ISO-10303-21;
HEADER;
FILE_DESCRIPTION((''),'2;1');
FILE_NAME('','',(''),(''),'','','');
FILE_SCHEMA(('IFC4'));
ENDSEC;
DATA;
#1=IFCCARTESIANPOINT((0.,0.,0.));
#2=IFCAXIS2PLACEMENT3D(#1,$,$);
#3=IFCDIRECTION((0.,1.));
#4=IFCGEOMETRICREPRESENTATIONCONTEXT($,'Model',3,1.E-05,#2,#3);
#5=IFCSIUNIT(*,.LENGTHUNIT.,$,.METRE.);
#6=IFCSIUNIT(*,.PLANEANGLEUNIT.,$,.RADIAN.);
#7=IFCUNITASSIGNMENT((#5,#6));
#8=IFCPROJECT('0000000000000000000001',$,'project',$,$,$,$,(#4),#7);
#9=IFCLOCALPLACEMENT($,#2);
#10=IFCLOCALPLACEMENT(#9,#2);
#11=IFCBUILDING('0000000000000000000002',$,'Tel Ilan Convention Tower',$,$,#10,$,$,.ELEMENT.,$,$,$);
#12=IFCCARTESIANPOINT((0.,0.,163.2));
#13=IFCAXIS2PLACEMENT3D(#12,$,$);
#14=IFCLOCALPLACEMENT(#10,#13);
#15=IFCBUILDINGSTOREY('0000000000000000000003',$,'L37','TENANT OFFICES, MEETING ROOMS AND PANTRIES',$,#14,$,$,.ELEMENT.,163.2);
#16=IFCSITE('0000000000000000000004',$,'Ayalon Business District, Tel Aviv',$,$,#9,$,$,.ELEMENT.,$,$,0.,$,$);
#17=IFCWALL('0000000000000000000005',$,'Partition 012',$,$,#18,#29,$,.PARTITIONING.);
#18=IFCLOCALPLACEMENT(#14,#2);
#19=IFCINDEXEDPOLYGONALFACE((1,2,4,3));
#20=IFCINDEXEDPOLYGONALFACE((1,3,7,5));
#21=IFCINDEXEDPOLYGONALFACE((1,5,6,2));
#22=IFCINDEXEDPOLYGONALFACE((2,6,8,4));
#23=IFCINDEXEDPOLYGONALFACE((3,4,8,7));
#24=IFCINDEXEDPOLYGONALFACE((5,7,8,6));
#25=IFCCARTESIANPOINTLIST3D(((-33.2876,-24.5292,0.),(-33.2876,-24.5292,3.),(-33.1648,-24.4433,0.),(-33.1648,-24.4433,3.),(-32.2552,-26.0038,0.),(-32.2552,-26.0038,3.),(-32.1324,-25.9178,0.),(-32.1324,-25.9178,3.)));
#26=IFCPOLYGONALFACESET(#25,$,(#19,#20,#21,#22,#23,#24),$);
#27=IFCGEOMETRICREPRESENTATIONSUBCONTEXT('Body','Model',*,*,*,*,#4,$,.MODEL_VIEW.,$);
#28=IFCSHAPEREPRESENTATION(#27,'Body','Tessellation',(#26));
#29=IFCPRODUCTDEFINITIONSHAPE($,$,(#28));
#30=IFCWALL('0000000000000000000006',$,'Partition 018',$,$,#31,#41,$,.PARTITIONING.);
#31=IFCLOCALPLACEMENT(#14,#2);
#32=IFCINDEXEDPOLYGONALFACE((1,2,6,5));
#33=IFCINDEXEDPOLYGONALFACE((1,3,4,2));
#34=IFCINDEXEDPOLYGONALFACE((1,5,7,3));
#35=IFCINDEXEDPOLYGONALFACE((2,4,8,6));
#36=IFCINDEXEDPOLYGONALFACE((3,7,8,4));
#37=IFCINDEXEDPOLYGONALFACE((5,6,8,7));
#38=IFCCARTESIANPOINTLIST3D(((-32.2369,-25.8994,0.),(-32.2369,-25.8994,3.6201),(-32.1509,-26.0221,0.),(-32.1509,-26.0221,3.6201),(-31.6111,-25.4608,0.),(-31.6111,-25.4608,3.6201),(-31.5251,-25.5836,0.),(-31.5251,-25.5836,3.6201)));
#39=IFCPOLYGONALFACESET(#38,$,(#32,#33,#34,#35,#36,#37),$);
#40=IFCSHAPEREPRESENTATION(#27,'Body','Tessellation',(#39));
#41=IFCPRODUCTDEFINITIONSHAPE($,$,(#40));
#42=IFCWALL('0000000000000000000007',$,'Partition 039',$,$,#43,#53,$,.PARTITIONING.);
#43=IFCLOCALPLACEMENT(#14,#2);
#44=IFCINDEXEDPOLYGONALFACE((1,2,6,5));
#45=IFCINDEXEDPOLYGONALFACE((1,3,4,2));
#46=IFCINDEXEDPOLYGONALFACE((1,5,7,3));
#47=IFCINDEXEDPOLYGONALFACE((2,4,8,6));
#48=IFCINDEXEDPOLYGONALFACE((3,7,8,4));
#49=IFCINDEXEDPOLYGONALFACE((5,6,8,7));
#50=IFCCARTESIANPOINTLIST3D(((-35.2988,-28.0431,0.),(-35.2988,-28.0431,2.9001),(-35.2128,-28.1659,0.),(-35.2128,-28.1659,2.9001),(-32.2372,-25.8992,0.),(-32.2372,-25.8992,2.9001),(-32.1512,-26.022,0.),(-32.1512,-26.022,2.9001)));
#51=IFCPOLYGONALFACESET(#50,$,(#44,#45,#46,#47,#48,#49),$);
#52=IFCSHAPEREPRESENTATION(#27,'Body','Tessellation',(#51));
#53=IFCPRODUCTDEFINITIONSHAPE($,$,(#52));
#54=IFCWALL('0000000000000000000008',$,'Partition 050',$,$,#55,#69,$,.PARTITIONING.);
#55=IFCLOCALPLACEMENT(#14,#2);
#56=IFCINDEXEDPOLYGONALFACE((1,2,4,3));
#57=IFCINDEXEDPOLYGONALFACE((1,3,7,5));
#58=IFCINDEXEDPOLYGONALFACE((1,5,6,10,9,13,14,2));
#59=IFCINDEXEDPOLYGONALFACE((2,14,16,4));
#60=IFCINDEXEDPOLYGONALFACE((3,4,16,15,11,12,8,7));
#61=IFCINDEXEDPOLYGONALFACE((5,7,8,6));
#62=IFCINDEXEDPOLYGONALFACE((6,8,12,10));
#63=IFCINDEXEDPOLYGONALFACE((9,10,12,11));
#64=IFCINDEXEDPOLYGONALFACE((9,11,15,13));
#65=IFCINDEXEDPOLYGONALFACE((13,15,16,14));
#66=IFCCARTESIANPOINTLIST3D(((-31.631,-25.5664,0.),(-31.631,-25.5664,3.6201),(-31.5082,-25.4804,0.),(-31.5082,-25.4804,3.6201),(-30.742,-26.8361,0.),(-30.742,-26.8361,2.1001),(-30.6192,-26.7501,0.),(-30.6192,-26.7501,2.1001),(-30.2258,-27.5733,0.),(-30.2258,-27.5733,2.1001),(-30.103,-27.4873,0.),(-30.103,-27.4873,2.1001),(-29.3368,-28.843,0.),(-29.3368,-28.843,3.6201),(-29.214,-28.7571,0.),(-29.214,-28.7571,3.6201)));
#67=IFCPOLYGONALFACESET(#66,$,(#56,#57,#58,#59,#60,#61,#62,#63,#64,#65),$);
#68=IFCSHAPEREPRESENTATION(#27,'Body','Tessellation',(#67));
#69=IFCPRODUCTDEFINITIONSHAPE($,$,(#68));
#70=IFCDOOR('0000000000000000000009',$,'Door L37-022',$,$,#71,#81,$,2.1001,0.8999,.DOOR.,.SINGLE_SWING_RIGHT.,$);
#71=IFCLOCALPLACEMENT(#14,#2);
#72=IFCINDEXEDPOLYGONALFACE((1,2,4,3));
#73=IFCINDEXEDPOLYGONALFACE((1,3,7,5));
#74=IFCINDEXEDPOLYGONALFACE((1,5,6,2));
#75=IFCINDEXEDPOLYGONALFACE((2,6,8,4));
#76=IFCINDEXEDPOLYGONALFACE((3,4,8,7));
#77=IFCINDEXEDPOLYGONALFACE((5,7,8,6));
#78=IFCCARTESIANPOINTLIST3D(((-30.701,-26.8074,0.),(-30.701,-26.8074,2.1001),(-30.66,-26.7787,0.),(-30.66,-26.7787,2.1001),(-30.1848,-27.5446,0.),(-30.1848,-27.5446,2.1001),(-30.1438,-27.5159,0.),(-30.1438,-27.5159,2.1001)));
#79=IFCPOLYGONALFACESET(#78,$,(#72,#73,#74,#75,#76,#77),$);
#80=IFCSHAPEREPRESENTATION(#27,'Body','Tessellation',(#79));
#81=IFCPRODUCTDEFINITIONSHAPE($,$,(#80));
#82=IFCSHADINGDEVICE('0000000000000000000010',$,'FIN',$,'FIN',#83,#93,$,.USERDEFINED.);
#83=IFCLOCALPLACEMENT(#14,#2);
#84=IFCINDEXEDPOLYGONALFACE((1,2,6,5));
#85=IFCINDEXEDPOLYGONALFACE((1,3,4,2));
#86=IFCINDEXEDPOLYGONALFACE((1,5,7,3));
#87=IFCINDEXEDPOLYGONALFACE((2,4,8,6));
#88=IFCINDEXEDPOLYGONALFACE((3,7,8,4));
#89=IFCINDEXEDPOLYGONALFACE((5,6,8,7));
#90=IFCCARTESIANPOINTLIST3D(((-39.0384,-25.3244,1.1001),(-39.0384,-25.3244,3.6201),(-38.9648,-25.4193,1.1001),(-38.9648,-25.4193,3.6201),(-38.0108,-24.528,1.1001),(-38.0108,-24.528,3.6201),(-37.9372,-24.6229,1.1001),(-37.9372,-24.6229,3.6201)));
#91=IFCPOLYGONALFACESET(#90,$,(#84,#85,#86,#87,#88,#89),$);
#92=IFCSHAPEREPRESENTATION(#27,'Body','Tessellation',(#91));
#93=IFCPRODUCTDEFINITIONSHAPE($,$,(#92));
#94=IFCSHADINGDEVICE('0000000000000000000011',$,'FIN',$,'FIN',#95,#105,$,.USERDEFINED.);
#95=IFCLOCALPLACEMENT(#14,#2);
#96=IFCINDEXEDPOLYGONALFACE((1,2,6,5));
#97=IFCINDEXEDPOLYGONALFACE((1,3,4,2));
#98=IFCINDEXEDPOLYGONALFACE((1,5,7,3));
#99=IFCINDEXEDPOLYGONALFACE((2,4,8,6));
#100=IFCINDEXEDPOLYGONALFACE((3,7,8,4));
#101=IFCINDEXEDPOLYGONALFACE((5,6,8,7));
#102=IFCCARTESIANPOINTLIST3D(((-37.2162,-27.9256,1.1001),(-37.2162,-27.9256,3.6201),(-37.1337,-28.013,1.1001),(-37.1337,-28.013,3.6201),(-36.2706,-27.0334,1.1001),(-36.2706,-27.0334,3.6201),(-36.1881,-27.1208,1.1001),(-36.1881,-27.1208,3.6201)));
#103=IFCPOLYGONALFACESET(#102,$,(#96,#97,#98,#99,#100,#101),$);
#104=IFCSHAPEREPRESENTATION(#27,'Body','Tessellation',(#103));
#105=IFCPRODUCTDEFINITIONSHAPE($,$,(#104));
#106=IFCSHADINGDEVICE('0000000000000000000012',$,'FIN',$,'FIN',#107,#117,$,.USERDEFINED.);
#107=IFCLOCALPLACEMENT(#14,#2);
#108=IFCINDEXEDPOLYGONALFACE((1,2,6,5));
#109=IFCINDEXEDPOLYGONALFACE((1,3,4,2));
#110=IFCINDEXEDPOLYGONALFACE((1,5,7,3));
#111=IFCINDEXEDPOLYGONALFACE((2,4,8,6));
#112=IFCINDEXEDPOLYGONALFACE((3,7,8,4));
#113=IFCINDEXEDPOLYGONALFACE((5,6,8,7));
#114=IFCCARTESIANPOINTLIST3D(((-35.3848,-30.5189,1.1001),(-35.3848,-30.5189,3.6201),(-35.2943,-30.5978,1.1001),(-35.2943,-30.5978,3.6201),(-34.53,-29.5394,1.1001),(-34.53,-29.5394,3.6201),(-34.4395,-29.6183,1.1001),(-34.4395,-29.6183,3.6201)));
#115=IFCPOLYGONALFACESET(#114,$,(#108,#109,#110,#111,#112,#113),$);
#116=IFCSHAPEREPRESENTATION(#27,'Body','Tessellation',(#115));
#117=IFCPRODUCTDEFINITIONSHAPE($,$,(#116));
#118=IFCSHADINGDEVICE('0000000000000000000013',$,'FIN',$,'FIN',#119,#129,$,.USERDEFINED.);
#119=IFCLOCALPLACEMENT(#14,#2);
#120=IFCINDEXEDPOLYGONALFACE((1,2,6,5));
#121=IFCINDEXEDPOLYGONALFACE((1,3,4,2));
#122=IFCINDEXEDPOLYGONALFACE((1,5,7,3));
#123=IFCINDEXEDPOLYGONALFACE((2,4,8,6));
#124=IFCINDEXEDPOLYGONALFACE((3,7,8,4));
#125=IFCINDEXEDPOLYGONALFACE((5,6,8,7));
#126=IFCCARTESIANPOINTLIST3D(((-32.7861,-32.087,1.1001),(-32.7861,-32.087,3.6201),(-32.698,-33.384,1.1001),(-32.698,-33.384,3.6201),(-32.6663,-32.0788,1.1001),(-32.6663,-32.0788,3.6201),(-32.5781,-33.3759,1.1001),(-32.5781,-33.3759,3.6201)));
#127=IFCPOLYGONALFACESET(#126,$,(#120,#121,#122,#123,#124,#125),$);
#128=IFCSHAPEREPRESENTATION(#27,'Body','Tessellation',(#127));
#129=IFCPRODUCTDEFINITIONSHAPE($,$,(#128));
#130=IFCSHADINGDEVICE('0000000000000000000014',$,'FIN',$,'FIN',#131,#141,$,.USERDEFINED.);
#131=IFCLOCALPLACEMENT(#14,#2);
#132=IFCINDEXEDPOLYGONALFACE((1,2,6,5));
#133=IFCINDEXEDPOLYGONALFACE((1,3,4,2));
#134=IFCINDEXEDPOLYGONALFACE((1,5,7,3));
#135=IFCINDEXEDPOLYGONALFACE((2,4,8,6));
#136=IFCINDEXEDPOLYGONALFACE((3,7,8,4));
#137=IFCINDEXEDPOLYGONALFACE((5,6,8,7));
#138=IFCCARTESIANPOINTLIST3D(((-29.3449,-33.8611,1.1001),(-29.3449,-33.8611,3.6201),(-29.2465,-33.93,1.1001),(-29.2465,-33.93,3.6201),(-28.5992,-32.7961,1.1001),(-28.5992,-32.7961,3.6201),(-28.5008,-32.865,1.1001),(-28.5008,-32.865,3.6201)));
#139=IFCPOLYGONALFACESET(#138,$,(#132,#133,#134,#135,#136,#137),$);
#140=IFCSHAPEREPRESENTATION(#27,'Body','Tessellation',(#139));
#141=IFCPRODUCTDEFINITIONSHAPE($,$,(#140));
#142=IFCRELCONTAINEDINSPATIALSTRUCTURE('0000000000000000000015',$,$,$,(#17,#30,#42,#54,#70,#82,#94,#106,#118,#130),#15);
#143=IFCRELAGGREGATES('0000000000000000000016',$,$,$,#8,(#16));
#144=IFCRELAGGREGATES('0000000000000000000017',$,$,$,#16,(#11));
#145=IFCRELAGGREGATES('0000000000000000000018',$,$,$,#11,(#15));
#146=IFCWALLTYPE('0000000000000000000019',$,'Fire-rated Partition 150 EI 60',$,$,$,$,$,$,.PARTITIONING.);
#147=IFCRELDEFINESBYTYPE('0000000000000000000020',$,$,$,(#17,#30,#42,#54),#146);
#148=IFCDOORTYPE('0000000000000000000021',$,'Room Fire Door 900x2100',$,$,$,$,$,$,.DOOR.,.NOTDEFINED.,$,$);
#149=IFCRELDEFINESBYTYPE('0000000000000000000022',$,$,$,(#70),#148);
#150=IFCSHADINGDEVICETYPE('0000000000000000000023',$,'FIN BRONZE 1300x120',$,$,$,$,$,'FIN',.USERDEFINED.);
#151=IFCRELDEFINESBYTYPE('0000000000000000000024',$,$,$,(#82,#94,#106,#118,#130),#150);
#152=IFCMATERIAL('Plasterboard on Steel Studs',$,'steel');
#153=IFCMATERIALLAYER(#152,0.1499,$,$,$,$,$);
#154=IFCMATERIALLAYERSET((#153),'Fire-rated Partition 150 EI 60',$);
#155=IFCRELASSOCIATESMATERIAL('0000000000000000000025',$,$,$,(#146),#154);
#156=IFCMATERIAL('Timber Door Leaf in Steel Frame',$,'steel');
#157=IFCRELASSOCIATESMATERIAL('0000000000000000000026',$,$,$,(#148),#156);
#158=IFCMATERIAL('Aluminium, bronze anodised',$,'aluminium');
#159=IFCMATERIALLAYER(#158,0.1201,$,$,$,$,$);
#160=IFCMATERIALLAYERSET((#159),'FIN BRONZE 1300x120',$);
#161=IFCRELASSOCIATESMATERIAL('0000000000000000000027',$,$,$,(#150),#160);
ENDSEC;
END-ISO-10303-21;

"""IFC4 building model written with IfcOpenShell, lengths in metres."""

from ifc_helpers import new_model, si_unit, direction, frame, frame_2d, origin, origin_2d, place, context, subcontext, project, spatial, rectangle, extrude, material, layer, layer_set, type_object, element, fill, save


model = new_model("IFC4")

# Units and contexts
model_context = context("Model", 3, precision=1e-05, world=origin(), true_north=direction((0.0, 1.0)))
body_context = subcontext(model_context, "Body", "Model", "MODEL_VIEW")
ifc_project = project(units=[si_unit("LENGTHUNIT", "METRE"), si_unit("PLANEANGLEUNIT", "RADIAN")], contexts=[model_context])

# Site, building, storey
site_placement = place(None, origin())
site = spatial("IfcSite", under=ifc_project, at=site_placement, Name="Ayalon Business District, Tel Aviv", CompositionType="ELEMENT", RefElevation=0.0)
building_placement = place(site_placement, origin())
building = spatial("IfcBuilding", under=site, at=building_placement, Name="Tel Ilan Convention Tower", CompositionType="ELEMENT")
storey_placement = place(building_placement, frame((0.0, 0.0, 163.2)))
storey = spatial("IfcBuildingStorey", under=building, at=storey_placement, Name="L37", Description="TENANT OFFICES, MEETING ROOMS AND PANTRIES", CompositionType="ELEMENT", Elevation=163.2)

# Walls
ifc_material_1 = material(Name="Plasterboard on Steel Studs", Category="steel")
ifc_layer_1 = layer(ifc_material_1, 0.1499)
ifc_layer_set_1 = layer_set([ifc_layer_1], Name="Fire-rated Partition 150 EI 60")
wall_type = type_object("IfcWallType", Name="Fire-rated Partition 150 EI 60", PredefinedType="PARTITIONING", material=ifc_layer_set_1)
wall_1_placement = place(storey_placement, frame((-32.1938, -25.9607, 0.0), z_axis=(0.0, 0.0, 1.0), x_axis=(-0.573553, 0.819168, 0.0)))
element("IfcWall", 1, at=wall_1_placement, inside=storey, type_object=wall_type, Name="Partition 012", PredefinedType="PARTITIONING", context=body_context, shape_type="SweptSolid", body=[
    extrude(rectangle(XDim=1.8, YDim=0.1499, at=frame_2d((0.8999, 0.0))), origin(), (0.0, 0.0, 1.0), 3.0),
])
wall_2_placement = place(storey_placement, frame((-31.5681, -25.5222, 0.0), z_axis=(0.0, 0.0, 1.0), x_axis=(-0.818947, -0.57387, 0.0)))
element("IfcWall", 2, at=wall_2_placement, inside=storey, type_object=wall_type, Name="Partition 018", PredefinedType="PARTITIONING", context=body_context, shape_type="SweptSolid", body=[
    extrude(rectangle(XDim=0.7642, YDim=0.1499, at=frame_2d((0.3821, 0.0))), origin(), (0.0, 0.0, 1.0), 3.6201),
])
wall_3_placement = place(storey_placement, frame((-32.1943, -25.9607, 0.0), z_axis=(0.0, 0.0, 1.0), x_axis=(-0.81914, -0.573594, 0.0)))
element("IfcWall", 3, at=wall_3_placement, inside=storey, type_object=wall_type, Name="Partition 039", PredefinedType="PARTITIONING", context=body_context, shape_type="SweptSolid", body=[
    extrude(rectangle(XDim=3.7375, YDim=0.1499, at=frame_2d((1.8687, 0.0))), origin(), (0.0, 0.0, 1.0), 2.9001),
])

# Wall, opening, door
wall_4_placement = place(storey_placement, frame((-29.2754, -28.8, 0.0), z_axis=(0.0, 0.0, 1.0), x_axis=(-0.573557, 0.819166, 0.0)))
wall_4 = element("IfcWall", 4, at=wall_4_placement, inside=storey, type_object=wall_type, Name="Partition 050", PredefinedType="PARTITIONING", context=body_context, shape_type="SweptSolid", body=[
    extrude(rectangle(XDim=4.0, YDim=0.1499, at=frame_2d((2.0, 0.0))), origin(), (0.0, 0.0, 1.0), 3.6201),
])
opening_placement = place(wall_4_placement, frame((1.55, 0.0, 0.0)))
opening = element("IfcOpeningElement", 5, at=opening_placement, cuts=wall_4, PredefinedType="OPENING", context=body_context, shape_type="SweptSolid", body=[
    extrude(rectangle(XDim=0.8999, YDim=2.1001, at=frame_2d((0.45, 1.05))), frame((0.0, 0.085, 0.0), z_axis=(0.0, -1.0, 0.0), x_axis=(1.0, 0.0, 0.0)), (0.0, 0.0, 1.0), 0.1699),
])
ifc_material_2 = material(Name="Timber Door Leaf in Steel Frame", Category="steel")
door_type = type_object("IfcDoorType", Name="Room Fire Door 900x2100", OperationType="NOTDEFINED", PredefinedType="DOOR", material=ifc_material_2)
door_placement = place(opening_placement, origin())
door = element("IfcDoor", 6, at=door_placement, inside=storey, type_object=door_type, Name="Door L37-022", OperationType="SINGLE_SWING_RIGHT", OverallHeight=2.1001, OverallWidth=0.8999, PredefinedType="DOOR", context=body_context, shape_type="SweptSolid", body=[
    extrude(rectangle(XDim=0.8999, YDim=2.1001, at=frame_2d((0.45, 1.05))), frame((0.0, 0.0249, 0.0), z_axis=(0.0, -1.0, 0.0), x_axis=(1.0, 0.0, 0.0)), (0.0, 0.0, 1.0), 0.05),
])
fill(opening, door)

# Shading devices
ifc_material_3 = material(Name="Aluminium, bronze anodised", Category="aluminium")
ifc_layer_2 = layer(ifc_material_3, 0.1201)
ifc_layer_set_2 = layer_set([ifc_layer_2], Name="FIN BRONZE 1300x120")
shading_device_type = type_object("IfcShadingDeviceType", Name="FIN BRONZE 1300x120", ElementType="FIN", PredefinedType="USERDEFINED", material=ifc_layer_set_2)
for number, where, z_axis, x_axis, name in (
    (7, (-38.4878, -24.9736, 1.1001), (0.0, 0.0, 1.0), (-0.790393, -0.612601, 0.0), "FIN"),
    (8, (-36.7021, -27.5232, 1.1001), (0.0, 0.0, 1.0), (-0.727374, -0.686242, 0.0), "FIN"),
    (9, (-34.9121, -30.0686, 1.1001), (0.0, 0.0, 1.0), (-0.657521, -0.753436, 0.0), "FIN"),
    (10, (-32.6821, -32.7314, 1.1001), (0.0, 0.0, 1.0), (0.067822, -0.997697, 0.0), "FIN"),
    (11, (-28.9229, -33.363, 1.1001), (0.0, 0.0, 1.0), (-0.573576, -0.819152, 0.0), "FIN"),
):
    element("IfcShadingDevice", number, at=place(storey_placement, frame(where, z_axis=z_axis, x_axis=x_axis)), inside=storey, type_object=shading_device_type, Name=name, ObjectType="FIN", PredefinedType="USERDEFINED", context=body_context, shape_type="SweptSolid", body=[
        extrude(rectangle(XDim=1.3, YDim=0.1201, at=origin_2d()), origin(), (0.0, 0.0, 1.0), 2.52),
    ])

save(model, "model.ifc")
